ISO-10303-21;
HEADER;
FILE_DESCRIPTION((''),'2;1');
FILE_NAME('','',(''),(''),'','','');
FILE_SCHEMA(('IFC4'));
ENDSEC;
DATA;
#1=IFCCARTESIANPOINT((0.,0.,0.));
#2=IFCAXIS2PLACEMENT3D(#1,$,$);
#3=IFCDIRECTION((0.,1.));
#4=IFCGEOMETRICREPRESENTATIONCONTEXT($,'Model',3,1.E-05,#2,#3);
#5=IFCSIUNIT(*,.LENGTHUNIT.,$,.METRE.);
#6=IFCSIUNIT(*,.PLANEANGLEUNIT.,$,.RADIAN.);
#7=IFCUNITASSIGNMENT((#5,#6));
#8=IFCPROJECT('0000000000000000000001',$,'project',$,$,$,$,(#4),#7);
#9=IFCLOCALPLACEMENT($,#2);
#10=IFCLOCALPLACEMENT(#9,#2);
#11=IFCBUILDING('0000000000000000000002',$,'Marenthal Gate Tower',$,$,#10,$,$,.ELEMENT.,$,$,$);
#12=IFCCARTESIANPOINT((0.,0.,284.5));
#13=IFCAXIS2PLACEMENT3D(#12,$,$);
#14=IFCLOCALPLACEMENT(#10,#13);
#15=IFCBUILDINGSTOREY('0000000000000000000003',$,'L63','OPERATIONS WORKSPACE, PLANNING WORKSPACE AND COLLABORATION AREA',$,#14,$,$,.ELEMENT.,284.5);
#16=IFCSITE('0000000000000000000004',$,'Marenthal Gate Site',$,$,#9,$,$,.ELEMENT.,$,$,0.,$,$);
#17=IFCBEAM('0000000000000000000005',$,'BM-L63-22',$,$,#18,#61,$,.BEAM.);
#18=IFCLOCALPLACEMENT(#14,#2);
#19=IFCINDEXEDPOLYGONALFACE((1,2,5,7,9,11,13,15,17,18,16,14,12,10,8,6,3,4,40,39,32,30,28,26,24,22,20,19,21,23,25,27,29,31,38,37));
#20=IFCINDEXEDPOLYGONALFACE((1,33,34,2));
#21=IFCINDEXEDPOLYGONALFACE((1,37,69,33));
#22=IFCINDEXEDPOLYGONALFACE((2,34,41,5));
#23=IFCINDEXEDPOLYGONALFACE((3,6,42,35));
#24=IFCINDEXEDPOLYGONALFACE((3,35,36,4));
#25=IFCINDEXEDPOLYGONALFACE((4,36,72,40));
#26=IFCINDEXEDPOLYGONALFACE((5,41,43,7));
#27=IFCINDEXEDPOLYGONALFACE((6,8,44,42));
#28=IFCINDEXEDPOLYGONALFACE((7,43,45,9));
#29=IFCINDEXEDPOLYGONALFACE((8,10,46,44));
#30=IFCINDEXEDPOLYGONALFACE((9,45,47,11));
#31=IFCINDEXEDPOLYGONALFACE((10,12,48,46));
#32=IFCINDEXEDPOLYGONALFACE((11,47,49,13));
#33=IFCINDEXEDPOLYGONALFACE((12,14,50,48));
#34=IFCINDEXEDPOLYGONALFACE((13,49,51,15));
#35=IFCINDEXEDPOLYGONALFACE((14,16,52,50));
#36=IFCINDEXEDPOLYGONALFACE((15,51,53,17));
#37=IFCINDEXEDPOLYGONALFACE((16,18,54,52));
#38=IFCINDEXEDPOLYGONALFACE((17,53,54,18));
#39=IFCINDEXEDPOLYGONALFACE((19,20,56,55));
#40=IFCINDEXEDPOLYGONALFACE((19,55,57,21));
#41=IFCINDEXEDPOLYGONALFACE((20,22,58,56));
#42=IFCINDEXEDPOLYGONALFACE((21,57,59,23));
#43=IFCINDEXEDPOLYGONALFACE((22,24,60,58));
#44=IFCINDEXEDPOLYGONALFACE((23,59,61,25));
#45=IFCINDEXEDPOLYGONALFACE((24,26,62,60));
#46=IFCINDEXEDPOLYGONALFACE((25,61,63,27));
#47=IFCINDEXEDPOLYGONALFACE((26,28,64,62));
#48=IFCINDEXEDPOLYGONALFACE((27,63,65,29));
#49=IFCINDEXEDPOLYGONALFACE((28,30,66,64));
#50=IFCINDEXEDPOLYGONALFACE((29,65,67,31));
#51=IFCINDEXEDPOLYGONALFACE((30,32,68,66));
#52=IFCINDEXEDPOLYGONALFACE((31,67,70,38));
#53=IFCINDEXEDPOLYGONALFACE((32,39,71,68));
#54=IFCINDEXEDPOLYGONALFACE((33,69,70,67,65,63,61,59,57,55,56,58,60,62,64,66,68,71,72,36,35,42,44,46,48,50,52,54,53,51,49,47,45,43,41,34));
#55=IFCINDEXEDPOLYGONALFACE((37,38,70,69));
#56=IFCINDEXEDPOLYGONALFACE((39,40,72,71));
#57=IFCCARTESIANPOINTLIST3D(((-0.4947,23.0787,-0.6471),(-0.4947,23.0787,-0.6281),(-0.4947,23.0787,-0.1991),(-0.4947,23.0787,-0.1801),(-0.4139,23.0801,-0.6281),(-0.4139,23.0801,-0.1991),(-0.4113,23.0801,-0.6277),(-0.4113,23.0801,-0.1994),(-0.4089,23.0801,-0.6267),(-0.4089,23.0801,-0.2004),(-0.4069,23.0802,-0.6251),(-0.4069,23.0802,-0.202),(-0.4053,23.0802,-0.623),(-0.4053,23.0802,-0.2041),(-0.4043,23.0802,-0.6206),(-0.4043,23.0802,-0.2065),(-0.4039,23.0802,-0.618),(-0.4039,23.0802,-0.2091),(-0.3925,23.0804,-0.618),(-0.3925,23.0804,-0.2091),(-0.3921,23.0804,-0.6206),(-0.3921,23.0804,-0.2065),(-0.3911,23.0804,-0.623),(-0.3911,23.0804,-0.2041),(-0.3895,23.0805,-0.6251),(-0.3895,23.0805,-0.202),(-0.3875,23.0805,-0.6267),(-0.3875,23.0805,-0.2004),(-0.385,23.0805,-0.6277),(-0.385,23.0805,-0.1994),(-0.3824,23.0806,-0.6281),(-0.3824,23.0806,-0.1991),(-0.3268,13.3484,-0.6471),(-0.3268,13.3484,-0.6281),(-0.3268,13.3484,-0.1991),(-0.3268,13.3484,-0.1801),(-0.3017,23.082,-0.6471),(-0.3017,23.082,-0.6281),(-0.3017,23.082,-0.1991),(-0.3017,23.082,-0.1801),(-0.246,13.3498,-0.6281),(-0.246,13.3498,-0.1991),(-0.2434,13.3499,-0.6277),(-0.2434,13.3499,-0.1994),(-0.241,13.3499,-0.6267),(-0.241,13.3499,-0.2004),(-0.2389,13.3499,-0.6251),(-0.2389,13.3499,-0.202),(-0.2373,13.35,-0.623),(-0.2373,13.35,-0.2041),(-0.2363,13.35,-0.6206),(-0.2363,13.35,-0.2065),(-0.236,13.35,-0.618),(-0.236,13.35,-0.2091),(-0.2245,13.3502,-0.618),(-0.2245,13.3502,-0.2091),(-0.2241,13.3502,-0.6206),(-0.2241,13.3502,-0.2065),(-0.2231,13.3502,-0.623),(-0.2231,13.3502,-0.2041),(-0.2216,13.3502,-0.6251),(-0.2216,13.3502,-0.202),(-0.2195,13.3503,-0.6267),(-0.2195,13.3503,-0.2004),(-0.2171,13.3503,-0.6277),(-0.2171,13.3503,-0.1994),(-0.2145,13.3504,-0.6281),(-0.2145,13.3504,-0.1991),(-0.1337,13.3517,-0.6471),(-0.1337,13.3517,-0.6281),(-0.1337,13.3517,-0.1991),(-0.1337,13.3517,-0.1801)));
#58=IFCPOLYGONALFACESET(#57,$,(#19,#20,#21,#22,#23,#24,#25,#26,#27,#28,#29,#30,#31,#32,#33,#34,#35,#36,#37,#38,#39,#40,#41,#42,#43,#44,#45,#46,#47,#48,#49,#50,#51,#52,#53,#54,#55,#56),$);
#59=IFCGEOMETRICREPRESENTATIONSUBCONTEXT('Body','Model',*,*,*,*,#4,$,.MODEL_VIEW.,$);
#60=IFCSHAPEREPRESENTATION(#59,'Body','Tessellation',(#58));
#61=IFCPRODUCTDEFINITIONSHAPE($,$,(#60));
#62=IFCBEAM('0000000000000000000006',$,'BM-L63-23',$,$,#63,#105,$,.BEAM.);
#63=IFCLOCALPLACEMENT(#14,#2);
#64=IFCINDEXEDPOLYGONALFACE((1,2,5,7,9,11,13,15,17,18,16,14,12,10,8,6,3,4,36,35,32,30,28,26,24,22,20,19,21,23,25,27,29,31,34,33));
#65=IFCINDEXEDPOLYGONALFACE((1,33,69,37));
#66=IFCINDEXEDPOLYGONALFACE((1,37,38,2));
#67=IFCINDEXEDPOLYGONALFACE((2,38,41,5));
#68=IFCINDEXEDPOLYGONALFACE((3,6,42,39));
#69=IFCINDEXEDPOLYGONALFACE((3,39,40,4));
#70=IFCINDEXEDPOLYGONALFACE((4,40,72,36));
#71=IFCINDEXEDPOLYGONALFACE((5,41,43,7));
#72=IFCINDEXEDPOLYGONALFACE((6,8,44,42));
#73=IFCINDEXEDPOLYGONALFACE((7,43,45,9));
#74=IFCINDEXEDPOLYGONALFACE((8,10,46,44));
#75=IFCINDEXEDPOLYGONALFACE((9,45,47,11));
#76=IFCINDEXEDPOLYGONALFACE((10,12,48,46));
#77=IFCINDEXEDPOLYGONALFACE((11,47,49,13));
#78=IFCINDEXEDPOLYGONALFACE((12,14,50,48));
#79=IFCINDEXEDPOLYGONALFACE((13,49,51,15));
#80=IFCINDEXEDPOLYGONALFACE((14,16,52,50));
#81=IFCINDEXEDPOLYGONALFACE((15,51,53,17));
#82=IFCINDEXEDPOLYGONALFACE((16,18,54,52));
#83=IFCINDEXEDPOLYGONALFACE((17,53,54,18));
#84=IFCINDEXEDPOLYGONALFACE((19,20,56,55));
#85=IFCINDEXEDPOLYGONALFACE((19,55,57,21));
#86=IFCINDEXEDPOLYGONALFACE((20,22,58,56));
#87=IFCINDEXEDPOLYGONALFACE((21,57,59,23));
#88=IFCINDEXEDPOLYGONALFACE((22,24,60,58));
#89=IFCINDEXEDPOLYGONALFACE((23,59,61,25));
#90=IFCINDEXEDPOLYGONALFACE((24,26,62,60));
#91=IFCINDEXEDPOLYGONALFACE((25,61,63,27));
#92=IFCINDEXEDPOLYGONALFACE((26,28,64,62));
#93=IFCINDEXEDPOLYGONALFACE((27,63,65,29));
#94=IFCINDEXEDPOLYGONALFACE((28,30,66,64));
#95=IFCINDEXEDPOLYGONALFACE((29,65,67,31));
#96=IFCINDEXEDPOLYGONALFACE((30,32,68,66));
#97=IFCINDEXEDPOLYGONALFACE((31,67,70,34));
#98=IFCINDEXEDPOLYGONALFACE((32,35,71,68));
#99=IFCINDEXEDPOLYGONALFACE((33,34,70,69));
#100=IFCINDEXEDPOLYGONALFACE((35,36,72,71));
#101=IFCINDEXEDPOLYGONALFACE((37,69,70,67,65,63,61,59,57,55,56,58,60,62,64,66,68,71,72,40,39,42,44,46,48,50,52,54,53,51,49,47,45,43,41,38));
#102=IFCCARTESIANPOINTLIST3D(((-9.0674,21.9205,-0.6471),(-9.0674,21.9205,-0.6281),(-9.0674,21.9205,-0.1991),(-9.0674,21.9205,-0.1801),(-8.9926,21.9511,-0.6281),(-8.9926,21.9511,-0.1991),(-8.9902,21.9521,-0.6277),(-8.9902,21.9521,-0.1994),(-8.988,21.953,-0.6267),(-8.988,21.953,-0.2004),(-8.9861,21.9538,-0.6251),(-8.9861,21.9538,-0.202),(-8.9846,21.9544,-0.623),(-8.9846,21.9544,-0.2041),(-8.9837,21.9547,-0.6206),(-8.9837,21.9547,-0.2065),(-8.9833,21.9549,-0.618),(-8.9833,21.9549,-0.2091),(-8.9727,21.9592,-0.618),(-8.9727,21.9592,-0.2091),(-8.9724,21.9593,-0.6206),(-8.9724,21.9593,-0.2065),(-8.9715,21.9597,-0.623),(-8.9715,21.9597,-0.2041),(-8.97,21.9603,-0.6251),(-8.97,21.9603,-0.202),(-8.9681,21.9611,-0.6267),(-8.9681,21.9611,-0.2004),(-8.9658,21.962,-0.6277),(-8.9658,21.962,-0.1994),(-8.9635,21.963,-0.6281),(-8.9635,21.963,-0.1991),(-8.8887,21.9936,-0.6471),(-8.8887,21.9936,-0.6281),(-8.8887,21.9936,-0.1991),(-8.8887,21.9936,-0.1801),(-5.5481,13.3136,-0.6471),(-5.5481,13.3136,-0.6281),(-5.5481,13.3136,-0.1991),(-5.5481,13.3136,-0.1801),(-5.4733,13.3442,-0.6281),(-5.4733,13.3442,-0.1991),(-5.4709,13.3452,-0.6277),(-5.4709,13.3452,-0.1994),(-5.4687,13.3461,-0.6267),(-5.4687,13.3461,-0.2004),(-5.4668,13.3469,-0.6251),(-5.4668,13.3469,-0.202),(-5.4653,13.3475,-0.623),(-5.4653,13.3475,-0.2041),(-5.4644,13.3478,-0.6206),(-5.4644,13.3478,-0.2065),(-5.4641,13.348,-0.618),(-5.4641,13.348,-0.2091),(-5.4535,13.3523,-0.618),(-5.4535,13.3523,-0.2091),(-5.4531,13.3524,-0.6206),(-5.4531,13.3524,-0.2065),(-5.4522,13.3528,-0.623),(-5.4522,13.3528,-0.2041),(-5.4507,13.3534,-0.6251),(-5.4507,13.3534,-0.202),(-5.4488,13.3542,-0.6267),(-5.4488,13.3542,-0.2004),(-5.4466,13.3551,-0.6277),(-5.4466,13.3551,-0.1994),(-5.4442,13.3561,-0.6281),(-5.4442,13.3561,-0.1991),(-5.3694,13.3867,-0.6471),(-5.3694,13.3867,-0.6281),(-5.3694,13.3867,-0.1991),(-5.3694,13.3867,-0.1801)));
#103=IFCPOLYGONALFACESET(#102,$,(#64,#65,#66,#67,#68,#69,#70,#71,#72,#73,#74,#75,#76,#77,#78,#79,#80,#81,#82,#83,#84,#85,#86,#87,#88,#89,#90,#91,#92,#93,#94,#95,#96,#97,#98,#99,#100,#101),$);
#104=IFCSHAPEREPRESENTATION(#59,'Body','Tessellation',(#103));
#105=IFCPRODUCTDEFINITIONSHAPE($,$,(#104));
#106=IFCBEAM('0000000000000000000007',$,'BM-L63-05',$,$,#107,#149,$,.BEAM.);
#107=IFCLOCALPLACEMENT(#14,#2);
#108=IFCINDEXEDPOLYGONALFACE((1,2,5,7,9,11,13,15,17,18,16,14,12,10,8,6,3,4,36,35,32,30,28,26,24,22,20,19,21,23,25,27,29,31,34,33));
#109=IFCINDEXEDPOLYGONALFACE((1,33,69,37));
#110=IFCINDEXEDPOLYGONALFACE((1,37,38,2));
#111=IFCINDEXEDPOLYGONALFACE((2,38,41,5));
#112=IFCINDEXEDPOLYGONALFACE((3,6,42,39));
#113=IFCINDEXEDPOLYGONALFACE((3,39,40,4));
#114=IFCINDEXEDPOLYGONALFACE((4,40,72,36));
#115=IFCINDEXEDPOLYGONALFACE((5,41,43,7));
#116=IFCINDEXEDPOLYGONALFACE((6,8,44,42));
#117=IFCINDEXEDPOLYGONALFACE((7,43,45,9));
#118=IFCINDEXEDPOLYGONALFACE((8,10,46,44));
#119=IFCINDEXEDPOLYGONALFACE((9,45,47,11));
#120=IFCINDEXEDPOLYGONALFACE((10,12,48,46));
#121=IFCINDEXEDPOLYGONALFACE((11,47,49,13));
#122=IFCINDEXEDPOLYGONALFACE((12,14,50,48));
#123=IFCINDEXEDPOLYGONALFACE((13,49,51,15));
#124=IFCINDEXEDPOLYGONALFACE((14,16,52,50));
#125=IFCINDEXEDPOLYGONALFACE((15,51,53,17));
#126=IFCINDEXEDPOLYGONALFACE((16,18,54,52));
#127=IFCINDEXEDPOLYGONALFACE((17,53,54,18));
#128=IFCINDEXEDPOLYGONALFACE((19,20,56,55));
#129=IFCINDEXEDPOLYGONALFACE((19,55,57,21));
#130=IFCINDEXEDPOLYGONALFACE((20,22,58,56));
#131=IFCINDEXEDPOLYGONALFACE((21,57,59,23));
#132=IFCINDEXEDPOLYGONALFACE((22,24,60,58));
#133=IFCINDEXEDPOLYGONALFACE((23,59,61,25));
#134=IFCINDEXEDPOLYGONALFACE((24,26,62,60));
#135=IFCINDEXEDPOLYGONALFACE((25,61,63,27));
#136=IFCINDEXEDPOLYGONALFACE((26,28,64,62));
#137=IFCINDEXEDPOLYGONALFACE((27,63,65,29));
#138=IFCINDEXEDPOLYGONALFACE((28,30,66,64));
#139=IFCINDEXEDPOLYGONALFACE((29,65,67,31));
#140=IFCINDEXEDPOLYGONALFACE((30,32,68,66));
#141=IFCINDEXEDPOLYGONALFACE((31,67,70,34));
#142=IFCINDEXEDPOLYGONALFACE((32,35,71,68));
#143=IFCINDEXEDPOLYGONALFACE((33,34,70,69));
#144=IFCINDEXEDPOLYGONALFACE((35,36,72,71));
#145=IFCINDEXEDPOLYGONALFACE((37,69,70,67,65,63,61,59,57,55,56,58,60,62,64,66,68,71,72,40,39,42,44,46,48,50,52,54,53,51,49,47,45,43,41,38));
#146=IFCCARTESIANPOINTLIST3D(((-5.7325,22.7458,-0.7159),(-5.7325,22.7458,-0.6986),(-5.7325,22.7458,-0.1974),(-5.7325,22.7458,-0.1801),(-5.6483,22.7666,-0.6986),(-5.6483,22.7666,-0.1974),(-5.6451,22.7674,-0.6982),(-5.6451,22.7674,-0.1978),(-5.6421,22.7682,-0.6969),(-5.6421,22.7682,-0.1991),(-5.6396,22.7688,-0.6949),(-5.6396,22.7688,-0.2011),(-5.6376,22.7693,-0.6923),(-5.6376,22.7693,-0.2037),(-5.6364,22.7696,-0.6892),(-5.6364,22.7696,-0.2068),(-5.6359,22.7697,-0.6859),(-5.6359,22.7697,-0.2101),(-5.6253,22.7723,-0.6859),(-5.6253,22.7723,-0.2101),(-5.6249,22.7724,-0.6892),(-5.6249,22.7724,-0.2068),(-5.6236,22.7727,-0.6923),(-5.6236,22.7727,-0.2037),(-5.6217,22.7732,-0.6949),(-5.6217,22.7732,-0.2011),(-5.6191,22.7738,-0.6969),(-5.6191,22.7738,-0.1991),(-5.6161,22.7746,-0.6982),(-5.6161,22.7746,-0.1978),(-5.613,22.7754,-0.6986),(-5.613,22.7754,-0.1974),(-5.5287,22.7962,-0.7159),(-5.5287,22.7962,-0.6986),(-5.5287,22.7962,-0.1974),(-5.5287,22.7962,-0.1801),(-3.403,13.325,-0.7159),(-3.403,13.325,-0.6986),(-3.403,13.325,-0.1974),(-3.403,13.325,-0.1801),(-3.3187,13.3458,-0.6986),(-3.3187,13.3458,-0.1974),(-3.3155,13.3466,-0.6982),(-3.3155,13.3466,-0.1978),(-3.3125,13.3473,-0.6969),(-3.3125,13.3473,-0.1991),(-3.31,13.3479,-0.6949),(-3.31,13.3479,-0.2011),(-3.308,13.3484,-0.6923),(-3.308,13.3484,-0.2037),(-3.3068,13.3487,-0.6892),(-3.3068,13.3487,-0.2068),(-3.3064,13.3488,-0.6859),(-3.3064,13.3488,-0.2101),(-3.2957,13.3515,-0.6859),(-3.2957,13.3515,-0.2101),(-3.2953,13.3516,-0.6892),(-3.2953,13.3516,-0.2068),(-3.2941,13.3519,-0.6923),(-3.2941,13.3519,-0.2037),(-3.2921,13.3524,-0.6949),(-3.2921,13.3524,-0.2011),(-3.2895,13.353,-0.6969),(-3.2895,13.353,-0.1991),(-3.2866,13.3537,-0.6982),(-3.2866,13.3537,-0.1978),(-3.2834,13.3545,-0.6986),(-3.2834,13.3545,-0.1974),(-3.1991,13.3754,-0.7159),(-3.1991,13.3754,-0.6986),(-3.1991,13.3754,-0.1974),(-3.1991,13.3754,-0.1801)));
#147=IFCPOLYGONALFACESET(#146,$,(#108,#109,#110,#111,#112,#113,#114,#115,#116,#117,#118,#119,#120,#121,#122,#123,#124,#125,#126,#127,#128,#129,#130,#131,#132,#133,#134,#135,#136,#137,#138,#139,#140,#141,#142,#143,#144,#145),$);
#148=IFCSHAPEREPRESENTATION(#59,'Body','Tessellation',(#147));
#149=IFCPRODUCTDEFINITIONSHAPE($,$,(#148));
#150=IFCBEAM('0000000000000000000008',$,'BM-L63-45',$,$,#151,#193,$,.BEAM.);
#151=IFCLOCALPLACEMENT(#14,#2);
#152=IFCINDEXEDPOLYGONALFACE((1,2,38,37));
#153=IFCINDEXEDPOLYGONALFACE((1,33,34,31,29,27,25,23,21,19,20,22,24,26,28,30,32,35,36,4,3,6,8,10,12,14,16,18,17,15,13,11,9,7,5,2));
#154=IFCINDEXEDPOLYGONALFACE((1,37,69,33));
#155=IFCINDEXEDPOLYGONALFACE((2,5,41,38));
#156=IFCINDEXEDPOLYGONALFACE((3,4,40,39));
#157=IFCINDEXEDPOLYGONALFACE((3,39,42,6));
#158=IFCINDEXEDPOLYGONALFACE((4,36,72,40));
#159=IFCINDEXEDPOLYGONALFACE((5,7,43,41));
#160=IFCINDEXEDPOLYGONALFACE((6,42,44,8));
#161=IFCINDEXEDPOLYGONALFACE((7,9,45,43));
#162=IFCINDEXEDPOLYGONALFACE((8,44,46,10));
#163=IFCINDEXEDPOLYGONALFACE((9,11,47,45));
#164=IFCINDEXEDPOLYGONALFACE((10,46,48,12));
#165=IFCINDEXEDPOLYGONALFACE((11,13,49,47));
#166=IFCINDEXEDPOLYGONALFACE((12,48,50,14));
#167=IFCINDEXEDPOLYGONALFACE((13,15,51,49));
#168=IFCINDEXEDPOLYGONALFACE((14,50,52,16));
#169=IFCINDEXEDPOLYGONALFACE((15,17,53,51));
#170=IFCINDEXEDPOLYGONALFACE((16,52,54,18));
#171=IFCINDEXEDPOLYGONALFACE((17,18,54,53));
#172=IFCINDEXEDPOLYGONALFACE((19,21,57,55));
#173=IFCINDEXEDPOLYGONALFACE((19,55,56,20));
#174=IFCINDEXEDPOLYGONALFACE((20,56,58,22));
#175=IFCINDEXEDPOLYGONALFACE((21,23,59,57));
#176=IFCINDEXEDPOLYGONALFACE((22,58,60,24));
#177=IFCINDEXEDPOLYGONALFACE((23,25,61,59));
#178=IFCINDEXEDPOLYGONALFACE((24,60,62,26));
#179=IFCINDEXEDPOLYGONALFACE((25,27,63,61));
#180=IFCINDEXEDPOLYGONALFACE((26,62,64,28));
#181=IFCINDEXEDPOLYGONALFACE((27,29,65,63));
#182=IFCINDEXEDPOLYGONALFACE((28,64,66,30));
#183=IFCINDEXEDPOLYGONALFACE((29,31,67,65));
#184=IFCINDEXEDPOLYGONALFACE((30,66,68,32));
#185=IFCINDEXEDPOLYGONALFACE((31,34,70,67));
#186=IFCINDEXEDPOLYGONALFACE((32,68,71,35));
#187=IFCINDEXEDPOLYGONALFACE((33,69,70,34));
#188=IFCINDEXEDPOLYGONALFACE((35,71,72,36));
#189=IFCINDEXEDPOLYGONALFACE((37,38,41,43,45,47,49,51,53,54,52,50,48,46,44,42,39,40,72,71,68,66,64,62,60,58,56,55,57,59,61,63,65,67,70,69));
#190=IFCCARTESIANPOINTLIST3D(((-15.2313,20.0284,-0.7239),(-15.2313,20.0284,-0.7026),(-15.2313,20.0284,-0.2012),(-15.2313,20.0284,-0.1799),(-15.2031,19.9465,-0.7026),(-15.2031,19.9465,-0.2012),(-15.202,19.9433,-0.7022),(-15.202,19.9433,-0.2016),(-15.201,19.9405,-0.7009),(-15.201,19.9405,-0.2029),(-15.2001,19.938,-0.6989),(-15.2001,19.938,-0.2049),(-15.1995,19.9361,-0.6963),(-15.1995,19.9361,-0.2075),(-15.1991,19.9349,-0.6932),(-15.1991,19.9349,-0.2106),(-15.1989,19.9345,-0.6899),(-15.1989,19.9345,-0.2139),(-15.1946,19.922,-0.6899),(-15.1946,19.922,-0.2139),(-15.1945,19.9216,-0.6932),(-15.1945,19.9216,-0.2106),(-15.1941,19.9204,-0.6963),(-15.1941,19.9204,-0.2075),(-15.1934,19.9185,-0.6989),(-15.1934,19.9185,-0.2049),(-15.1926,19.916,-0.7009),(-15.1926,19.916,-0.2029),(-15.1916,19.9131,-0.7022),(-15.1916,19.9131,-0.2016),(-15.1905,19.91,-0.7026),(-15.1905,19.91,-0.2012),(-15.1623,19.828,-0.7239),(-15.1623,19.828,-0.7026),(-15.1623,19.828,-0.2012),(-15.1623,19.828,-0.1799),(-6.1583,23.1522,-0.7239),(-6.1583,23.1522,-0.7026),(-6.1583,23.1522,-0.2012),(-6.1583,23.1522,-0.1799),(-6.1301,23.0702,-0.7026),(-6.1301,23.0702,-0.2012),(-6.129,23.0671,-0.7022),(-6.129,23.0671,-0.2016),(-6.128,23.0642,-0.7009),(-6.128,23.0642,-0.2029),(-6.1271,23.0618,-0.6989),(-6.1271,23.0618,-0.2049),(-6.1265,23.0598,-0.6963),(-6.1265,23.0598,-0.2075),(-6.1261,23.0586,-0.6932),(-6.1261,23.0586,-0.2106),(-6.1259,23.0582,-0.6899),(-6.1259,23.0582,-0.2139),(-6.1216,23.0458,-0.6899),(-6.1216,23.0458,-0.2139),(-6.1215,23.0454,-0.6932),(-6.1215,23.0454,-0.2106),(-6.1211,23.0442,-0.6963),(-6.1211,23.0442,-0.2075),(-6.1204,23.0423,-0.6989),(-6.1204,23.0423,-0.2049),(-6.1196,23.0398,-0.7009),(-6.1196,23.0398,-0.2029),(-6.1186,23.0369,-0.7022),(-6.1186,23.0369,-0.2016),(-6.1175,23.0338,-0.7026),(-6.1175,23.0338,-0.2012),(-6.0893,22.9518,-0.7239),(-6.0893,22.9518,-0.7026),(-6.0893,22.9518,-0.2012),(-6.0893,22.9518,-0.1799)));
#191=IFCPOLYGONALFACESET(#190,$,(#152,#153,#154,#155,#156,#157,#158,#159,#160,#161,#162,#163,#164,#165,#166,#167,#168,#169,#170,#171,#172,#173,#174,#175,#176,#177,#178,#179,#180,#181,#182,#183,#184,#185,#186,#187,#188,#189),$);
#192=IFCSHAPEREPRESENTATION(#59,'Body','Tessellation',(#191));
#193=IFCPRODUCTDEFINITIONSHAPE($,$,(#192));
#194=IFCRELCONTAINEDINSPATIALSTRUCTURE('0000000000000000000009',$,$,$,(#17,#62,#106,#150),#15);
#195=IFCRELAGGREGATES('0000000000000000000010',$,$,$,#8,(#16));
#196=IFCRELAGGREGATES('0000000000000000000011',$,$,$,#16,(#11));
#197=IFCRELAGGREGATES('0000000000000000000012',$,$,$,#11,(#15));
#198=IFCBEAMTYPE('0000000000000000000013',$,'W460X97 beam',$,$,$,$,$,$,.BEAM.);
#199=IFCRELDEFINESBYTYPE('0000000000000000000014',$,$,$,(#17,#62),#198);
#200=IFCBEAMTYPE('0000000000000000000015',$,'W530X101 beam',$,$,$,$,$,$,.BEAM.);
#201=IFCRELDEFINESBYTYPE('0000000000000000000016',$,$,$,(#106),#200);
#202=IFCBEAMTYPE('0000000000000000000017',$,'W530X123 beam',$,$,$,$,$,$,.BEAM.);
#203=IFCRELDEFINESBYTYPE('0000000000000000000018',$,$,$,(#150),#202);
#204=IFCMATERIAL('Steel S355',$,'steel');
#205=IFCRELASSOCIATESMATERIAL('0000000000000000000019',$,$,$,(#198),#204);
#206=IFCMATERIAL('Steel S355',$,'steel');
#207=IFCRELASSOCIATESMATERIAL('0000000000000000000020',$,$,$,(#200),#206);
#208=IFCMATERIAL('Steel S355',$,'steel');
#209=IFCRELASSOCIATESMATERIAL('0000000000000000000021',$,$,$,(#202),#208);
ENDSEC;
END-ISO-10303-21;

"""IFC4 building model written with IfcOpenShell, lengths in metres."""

from ifc_helpers import new_model, si_unit, direction, frame, origin, origin_2d, place, context, subcontext, project, spatial, i_section, extrude, material, material_profile, profile_set, type_object, element, save


model = new_model("IFC4")

# Units and contexts
model_context = context("Model", 3, precision=1e-05, world=origin(), true_north=direction((0.0, 1.0)))
body_context = subcontext(model_context, "Body", "Model", "MODEL_VIEW")
ifc_project = project(units=[si_unit("LENGTHUNIT", "METRE"), si_unit("PLANEANGLEUNIT", "RADIAN")], contexts=[model_context])

# Site, building, storey
site_placement = place(None, origin())
site = spatial("IfcSite", under=ifc_project, at=site_placement, Name="Marenthal Gate Site", CompositionType="ELEMENT", RefElevation=0.0)
building_placement = place(site_placement, origin())
building = spatial("IfcBuilding", under=site, at=building_placement, Name="Marenthal Gate Tower", CompositionType="ELEMENT")
storey_placement = place(building_placement, frame((0.0, 0.0, 284.5)))
storey = spatial("IfcBuildingStorey", under=building, at=storey_placement, Name="L63", Description="OPERATIONS WORKSPACE, PLANNING WORKSPACE AND COLLABORATION AREA", CompositionType="ELEMENT", Elevation=284.5)

# Beams
ifc_material_1 = material(Name="Steel S355", Category="steel")
ifc_material_profile_1 = material_profile(ifc_material_1, i_section(OverallWidth=0.1931, OverallDepth=0.467, WebThickness=0.0115, FlangeThickness=0.019, FilletRadius=0.01, at=origin_2d()), Name="W460X97")
ifc_profile_set_1 = profile_set([ifc_material_profile_1], Name="Steel S355")
beam_type_1 = type_object("IfcBeamType", Name="W460X97 beam", PredefinedType="BEAM", material=ifc_profile_set_1)
beam_1_placement = place(storey_placement, frame((-0.3982, 23.0803, -0.4136), z_axis=(0.01726, -0.999851, 0.0), x_axis=(0.999851, 0.01726, 0.0)))
element("IfcBeam", 1, at=beam_1_placement, inside=storey, type_object=beam_type_1, Name="BM-L63-22", PredefinedType="BEAM", context=body_context, shape_type="SweptSolid", body=[
    extrude(i_section(OverallWidth=0.1931, OverallDepth=0.467, WebThickness=0.0115, FlangeThickness=0.019, FilletRadius=0.01, at=origin_2d()), origin(), (0.0, 0.0, 1.0), 9.7317),
])
beam_2_placement = place(storey_placement, frame((-8.978, 21.957, -0.4136), z_axis=(0.378473, -0.925612, 0.0), x_axis=(0.925612, 0.378473, 0.0)))
element("IfcBeam", 2, at=beam_2_placement, inside=storey, type_object=beam_type_1, Name="BM-L63-23", PredefinedType="BEAM", context=body_context, shape_type="SweptSolid", body=[
    extrude(i_section(OverallWidth=0.1931, OverallDepth=0.467, WebThickness=0.0115, FlangeThickness=0.019, FilletRadius=0.01, at=origin_2d()), origin(), (0.0, 0.0, 1.0), 9.2986),
])
ifc_material_2 = material(Name="Steel S355", Category="steel")
ifc_material_profile_2 = material_profile(ifc_material_2, i_section(OverallWidth=0.21, OverallDepth=0.5359, WebThickness=0.011, FlangeThickness=0.0173, FilletRadius=0.0127, at=origin_2d()), Name="W530X101")
ifc_profile_set_2 = profile_set([ifc_material_profile_2], Name="Steel S355")
beam_type_2 = type_object("IfcBeamType", Name="W530X101 beam", PredefinedType="BEAM", material=ifc_profile_set_2)
beam_3_placement = place(storey_placement, frame((-5.6306, 22.771, -0.448), z_axis=(0.240049, -0.970761, 0.0), x_axis=(0.970761, 0.240049, 0.0)))
element("IfcBeam", 3, at=beam_3_placement, inside=storey, type_object=beam_type_2, Name="BM-L63-05", PredefinedType="BEAM", context=body_context, shape_type="SweptSolid", body=[
    extrude(i_section(OverallWidth=0.21, OverallDepth=0.5359, WebThickness=0.011, FlangeThickness=0.0173, FilletRadius=0.0127, at=origin_2d()), origin(), (0.0, 0.0, 1.0), 9.7046),
])
ifc_material_3 = material(Name="Steel S355", Category="steel")
ifc_material_profile_3 = material_profile(ifc_material_3, i_section(OverallWidth=0.2119, OverallDepth=0.5439, WebThickness=0.0132, FlangeThickness=0.0212, FilletRadius=0.0127, at=origin_2d()), Name="W530X123")
ifc_profile_set_3 = profile_set([ifc_material_profile_3], Name="Steel S355")
beam_type_3 = type_object("IfcBeamType", Name="W530X123 beam", PredefinedType="BEAM", material=ifc_profile_set_3)
beam_4_placement = place(storey_placement, frame((-6.1238, 23.052, -0.4519), z_axis=(-0.945528, -0.32554, 0.0), x_axis=(0.32554, -0.945528, 0.0)))
element("IfcBeam", 4, at=beam_4_placement, inside=storey, type_object=beam_type_3, Name="BM-L63-45", PredefinedType="BEAM", context=body_context, shape_type="SweptSolid", body=[
    extrude(i_section(OverallWidth=0.2119, OverallDepth=0.5439, WebThickness=0.0132, FlangeThickness=0.0212, FilletRadius=0.0127, at=origin_2d()), origin(), (0.0, 0.0, 1.0), 9.5957),
])

save(model, "model.ifc")
